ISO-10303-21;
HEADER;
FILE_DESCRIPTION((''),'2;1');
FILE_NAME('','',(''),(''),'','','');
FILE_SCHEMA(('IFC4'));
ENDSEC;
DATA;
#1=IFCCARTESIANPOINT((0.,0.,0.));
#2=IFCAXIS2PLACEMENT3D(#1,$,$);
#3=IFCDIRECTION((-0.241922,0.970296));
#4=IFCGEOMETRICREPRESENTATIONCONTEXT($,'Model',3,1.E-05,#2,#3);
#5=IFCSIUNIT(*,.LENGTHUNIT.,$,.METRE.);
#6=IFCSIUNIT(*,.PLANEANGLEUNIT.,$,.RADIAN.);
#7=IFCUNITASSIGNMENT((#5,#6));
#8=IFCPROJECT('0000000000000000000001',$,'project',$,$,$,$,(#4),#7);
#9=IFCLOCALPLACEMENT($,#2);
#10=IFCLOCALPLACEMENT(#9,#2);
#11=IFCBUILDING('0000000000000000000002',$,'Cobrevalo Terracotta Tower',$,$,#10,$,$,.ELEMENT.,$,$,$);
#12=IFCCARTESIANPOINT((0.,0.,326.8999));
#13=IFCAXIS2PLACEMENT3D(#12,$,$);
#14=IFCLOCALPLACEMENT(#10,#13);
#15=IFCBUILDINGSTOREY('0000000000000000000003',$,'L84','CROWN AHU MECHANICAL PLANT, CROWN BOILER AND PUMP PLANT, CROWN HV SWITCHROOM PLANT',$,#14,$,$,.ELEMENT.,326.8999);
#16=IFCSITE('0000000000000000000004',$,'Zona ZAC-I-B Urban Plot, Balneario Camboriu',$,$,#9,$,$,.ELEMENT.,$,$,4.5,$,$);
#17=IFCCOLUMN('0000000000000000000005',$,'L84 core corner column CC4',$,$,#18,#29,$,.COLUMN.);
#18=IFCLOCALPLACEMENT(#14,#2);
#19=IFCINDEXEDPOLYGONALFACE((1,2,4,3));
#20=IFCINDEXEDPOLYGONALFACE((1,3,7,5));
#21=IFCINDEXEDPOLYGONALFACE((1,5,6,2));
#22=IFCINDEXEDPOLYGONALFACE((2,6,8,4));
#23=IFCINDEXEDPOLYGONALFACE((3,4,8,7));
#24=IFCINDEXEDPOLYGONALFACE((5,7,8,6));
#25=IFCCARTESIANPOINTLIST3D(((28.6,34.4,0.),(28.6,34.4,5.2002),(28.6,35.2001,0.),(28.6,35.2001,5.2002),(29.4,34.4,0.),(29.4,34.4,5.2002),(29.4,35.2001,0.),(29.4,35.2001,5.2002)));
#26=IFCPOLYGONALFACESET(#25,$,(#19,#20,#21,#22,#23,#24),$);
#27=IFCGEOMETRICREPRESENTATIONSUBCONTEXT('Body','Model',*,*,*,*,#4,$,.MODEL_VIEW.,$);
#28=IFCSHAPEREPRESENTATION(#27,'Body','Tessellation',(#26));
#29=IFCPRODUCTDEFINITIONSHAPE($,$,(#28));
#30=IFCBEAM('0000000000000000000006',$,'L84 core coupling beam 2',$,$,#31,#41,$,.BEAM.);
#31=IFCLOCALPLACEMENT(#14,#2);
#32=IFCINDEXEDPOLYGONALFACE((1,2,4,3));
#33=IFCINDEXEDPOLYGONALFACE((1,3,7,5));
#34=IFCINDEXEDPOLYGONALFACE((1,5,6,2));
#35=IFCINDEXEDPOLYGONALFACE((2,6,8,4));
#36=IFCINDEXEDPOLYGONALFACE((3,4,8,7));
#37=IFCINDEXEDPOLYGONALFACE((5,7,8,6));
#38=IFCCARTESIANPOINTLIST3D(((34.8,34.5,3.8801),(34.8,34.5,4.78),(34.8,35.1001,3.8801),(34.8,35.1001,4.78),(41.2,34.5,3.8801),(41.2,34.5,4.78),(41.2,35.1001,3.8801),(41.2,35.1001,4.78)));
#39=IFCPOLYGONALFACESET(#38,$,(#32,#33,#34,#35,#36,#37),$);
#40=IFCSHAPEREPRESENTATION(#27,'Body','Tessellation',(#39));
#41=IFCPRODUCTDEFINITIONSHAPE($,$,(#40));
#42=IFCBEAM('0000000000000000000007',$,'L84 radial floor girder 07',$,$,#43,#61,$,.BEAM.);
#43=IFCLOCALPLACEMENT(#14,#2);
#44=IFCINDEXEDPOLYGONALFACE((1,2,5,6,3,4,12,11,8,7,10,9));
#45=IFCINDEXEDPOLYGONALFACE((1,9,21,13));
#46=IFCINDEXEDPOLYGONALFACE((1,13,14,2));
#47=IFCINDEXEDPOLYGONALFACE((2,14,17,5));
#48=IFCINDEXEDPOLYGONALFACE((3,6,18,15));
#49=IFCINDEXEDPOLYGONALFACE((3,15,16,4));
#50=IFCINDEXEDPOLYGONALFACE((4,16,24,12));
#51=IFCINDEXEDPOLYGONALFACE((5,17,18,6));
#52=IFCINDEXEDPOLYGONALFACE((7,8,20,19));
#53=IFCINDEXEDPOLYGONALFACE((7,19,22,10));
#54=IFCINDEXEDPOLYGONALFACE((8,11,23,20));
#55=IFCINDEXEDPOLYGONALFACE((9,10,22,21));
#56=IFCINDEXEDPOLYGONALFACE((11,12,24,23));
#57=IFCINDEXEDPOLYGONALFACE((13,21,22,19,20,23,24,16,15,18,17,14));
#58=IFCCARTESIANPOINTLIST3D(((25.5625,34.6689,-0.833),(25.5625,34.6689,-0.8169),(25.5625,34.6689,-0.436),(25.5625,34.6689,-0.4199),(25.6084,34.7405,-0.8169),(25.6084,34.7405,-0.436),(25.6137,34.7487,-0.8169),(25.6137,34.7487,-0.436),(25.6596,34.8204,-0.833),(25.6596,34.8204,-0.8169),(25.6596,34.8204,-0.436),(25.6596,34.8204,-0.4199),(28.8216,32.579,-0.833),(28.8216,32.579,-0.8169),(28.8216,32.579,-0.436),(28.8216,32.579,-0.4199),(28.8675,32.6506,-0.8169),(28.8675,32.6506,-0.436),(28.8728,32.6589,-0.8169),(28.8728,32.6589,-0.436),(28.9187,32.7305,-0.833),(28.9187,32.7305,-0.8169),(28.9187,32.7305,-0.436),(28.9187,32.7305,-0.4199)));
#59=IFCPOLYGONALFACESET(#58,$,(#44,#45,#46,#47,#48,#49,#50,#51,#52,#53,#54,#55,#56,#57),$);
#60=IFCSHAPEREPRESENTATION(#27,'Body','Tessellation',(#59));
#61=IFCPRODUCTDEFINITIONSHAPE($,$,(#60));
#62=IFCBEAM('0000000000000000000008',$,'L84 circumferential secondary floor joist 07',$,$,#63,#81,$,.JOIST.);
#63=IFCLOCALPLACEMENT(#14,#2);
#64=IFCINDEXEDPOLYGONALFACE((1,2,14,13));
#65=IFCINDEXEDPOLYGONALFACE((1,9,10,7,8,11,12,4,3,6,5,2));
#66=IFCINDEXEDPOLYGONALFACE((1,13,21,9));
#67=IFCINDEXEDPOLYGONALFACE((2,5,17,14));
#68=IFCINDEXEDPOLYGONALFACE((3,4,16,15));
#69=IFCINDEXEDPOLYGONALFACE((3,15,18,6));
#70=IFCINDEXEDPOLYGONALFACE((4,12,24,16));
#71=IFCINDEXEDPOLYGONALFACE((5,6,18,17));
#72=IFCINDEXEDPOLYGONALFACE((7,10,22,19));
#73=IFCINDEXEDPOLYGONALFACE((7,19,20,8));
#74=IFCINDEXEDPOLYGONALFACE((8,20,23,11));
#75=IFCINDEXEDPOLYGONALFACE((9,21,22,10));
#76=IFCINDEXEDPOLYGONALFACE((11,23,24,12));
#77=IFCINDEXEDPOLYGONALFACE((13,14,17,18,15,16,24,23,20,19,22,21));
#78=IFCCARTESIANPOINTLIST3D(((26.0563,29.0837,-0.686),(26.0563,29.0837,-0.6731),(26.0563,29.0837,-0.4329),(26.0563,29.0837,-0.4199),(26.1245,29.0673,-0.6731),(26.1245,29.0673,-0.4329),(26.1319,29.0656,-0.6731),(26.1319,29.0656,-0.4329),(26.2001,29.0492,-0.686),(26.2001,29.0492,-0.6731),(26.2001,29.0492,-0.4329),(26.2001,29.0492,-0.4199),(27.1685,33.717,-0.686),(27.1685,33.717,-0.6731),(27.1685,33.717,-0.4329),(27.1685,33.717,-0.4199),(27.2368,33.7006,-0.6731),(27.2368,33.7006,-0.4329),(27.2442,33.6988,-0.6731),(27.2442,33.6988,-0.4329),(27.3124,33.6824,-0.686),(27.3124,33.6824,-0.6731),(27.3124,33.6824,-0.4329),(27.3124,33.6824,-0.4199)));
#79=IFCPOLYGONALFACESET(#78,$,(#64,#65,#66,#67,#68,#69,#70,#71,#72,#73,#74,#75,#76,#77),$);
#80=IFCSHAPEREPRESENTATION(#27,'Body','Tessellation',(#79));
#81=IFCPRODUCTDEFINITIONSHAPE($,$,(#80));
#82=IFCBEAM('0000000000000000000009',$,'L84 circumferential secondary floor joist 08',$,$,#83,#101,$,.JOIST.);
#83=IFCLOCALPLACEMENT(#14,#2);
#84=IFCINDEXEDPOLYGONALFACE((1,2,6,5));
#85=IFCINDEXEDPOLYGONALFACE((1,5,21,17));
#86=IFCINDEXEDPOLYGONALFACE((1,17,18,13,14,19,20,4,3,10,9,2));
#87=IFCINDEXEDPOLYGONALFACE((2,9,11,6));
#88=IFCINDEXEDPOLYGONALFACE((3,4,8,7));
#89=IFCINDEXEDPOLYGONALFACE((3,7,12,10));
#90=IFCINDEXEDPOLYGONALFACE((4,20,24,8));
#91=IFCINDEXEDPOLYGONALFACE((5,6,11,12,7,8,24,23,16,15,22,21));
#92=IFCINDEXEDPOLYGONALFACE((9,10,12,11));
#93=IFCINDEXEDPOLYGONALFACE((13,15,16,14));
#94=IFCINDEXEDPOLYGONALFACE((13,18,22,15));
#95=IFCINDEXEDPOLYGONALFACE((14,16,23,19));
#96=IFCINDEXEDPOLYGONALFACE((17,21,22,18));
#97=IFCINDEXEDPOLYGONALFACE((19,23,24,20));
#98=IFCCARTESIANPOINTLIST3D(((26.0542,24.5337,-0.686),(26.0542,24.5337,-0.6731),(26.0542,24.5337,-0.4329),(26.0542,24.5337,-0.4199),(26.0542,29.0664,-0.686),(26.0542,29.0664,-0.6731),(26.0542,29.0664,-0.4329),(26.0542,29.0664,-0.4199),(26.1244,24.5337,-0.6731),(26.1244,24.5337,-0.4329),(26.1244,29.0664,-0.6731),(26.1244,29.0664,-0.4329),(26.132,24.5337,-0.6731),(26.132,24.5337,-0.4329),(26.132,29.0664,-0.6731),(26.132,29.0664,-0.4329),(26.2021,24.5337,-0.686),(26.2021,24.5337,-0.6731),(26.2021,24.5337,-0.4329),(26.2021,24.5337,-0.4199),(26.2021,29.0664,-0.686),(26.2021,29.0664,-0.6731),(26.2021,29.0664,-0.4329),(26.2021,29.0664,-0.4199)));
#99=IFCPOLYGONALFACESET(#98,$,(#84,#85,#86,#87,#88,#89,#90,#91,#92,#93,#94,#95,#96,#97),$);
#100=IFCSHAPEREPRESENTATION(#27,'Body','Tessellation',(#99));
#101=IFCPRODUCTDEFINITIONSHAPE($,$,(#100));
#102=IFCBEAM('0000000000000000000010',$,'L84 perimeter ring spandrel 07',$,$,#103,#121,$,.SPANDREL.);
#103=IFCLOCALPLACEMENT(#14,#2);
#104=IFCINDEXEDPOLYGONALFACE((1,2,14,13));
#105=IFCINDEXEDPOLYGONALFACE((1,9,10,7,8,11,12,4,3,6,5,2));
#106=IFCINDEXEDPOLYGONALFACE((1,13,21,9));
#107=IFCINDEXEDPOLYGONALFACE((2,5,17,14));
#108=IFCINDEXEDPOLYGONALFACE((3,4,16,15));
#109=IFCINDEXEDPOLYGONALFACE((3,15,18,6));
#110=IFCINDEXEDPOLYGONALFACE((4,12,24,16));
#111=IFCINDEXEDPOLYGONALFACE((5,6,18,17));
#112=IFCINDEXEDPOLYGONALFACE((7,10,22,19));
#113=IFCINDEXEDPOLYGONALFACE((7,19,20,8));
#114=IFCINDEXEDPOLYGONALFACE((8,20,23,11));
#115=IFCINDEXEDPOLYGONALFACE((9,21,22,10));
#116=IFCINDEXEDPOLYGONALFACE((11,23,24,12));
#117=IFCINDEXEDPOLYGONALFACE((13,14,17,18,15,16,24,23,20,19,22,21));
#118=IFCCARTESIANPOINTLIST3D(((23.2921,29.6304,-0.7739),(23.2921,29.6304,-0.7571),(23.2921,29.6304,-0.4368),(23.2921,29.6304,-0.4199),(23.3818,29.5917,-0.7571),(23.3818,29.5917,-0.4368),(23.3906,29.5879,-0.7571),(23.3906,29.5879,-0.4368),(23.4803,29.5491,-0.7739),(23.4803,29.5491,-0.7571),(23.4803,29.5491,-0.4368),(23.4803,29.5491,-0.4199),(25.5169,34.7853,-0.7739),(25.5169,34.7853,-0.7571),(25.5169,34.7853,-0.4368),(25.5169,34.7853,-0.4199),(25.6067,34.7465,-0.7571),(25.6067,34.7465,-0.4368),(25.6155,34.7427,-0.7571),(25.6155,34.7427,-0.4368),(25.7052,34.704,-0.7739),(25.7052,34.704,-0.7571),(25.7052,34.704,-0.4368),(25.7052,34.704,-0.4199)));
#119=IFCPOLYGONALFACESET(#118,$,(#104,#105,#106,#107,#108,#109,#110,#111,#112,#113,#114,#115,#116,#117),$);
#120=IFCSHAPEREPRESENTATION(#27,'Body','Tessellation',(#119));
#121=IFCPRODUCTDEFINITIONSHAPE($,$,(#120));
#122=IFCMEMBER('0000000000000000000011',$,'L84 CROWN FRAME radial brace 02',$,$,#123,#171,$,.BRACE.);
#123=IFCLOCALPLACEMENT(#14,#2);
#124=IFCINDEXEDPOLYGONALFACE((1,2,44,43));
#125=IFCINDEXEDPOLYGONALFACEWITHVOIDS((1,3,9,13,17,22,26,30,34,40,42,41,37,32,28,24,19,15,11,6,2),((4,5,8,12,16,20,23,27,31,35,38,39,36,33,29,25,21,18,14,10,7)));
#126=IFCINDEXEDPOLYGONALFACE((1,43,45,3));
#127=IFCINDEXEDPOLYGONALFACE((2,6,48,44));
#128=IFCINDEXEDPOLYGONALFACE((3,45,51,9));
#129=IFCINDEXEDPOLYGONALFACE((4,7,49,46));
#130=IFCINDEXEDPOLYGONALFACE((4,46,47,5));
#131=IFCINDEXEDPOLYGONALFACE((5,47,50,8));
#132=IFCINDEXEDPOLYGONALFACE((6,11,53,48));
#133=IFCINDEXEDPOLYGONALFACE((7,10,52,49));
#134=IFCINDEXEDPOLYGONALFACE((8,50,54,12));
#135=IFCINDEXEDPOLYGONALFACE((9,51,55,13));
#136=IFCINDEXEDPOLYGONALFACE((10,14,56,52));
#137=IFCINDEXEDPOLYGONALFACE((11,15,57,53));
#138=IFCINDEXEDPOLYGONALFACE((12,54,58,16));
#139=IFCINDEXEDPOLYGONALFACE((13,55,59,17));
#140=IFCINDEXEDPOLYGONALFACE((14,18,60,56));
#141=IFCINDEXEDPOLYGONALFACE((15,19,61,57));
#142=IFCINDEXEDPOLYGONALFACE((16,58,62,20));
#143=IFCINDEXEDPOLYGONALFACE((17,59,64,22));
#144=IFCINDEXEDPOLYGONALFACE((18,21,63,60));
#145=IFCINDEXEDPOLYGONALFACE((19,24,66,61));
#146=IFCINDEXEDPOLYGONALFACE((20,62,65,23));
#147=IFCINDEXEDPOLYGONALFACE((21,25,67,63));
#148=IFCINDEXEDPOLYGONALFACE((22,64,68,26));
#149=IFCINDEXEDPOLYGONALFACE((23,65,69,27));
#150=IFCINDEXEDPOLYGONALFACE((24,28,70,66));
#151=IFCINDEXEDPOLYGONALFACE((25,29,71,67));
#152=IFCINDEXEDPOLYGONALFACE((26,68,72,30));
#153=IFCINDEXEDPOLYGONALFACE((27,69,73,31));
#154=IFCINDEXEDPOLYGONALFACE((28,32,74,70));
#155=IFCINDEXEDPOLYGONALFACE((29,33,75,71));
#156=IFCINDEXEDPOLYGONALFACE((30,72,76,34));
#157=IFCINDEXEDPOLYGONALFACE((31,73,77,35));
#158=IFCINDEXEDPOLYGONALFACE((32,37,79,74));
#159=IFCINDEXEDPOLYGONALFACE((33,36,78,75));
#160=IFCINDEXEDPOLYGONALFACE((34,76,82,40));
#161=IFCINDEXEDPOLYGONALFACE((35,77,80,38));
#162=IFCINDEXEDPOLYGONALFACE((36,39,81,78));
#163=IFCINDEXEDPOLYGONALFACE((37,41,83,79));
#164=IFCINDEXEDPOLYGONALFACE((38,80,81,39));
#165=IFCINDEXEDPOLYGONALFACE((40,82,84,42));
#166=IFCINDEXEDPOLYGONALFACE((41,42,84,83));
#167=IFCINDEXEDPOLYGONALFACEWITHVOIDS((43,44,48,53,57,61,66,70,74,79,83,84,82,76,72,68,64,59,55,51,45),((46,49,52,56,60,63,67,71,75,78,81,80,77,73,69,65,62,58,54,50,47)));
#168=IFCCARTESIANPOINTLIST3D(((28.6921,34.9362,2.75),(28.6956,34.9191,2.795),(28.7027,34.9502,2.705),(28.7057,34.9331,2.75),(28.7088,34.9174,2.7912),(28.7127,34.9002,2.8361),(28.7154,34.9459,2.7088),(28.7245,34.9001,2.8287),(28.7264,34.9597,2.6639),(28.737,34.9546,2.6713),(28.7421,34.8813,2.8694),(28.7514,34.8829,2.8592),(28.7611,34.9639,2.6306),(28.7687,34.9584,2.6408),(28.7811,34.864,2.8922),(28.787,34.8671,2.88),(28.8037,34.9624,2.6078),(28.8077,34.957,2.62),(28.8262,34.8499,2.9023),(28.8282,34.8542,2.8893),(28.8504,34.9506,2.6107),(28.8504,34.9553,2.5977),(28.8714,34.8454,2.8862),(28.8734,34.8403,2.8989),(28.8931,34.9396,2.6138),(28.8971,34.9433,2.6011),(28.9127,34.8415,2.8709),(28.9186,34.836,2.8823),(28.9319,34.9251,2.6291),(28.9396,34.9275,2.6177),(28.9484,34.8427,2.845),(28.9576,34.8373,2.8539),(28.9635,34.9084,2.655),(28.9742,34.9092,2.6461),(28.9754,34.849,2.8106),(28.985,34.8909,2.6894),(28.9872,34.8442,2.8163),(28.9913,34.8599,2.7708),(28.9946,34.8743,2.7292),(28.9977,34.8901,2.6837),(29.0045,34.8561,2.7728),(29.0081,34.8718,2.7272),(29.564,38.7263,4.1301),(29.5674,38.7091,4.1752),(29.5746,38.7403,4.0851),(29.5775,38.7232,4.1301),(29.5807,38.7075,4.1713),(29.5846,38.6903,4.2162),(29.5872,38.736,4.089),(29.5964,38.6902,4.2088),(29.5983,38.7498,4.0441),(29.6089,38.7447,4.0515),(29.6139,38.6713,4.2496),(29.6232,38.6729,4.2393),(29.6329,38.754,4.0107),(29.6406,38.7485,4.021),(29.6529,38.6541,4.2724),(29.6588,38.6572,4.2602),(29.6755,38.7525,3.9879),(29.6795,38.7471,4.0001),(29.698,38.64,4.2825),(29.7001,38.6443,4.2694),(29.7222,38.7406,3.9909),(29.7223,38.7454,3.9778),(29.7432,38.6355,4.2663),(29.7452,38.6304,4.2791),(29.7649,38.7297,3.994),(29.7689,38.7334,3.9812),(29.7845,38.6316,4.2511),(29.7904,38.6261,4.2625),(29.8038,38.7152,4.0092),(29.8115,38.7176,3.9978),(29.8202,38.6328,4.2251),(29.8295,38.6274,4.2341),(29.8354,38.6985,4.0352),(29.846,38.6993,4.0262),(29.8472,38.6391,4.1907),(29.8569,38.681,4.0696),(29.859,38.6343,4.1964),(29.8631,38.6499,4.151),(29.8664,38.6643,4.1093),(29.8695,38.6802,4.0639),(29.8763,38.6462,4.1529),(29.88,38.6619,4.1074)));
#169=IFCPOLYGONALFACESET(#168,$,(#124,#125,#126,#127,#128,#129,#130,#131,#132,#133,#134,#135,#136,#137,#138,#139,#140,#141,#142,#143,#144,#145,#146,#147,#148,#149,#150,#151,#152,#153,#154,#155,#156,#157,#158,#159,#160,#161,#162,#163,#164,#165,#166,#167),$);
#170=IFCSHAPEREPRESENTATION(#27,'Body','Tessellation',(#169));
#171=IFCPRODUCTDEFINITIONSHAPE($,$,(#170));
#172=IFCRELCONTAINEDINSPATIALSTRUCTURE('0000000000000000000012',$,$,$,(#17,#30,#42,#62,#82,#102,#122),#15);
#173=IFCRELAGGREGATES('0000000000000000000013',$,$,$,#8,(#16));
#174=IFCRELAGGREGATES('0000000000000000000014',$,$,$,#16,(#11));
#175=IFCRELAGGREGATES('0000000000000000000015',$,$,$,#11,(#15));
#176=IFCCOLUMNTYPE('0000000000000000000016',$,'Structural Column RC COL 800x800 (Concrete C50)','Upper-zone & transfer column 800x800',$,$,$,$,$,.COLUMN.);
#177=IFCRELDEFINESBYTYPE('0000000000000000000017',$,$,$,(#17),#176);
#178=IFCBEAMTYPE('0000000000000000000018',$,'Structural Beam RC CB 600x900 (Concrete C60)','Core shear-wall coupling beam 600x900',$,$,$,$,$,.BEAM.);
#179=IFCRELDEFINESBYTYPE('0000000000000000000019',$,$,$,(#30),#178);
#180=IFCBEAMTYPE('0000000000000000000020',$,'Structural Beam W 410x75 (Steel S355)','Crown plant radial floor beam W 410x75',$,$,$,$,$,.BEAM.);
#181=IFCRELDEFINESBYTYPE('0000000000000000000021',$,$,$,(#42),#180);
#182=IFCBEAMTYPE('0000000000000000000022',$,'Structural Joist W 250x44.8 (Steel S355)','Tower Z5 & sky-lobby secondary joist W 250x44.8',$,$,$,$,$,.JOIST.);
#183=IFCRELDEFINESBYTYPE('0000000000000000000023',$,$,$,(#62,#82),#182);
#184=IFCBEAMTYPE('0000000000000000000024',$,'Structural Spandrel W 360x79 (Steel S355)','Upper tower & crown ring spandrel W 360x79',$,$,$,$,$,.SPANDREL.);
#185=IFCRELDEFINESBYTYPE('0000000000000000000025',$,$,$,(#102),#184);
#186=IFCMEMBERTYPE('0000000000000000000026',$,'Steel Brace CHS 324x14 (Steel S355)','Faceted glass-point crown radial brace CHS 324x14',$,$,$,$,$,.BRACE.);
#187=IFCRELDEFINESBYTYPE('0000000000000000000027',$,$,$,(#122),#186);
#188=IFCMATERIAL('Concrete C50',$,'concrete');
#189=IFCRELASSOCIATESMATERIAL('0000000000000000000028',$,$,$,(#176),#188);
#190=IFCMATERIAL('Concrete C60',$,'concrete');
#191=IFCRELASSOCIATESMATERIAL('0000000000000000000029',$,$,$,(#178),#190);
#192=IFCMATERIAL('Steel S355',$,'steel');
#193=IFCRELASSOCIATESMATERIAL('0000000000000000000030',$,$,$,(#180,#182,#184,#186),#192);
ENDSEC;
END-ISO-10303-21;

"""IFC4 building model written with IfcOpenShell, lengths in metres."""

from ifc_helpers import new_model, si_unit, direction, frame, origin, origin_2d, place, context, subcontext, project, spatial, rectangle, hollow_circle, i_section, extrude, source, transform, mapped, material, material_profile, profile_set, type_object, element, save


model = new_model("IFC4")

# Units and contexts
model_context = context("Model", 3, precision=1e-05, world=origin(), true_north=direction((-0.241922, 0.970296)))
body_context = subcontext(model_context, "Body", "Model", "MODEL_VIEW")
ifc_project = project(units=[si_unit("LENGTHUNIT", "METRE"), si_unit("PLANEANGLEUNIT", "RADIAN")], contexts=[model_context])

# Site, building, storey
site_placement = place(None, origin())
site = spatial("IfcSite", under=ifc_project, at=site_placement, Name="Zona ZAC-I-B Urban Plot, Balneario Camboriu", CompositionType="ELEMENT", RefElevation=4.5)
building_placement = place(site_placement, origin())
building = spatial("IfcBuilding", under=site, at=building_placement, Name="Cobrevalo Terracotta Tower", CompositionType="ELEMENT")
storey_placement = place(building_placement, frame((0.0, 0.0, 326.8999)))
storey = spatial("IfcBuildingStorey", under=building, at=storey_placement, Name="L84", Description="CROWN AHU MECHANICAL PLANT, CROWN BOILER AND PUMP PLANT, CROWN HV SWITCHROOM PLANT", CompositionType="ELEMENT", Elevation=326.8999)

# Column
ifc_material_1 = material(Name="Concrete C50", Category="concrete")
ifc_material_profile_1 = material_profile(ifc_material_1, rectangle(XDim=0.8, YDim=0.8, at=origin_2d()), Name="RC COL 800x800")
ifc_profile_set_1 = profile_set([ifc_material_profile_1], Name="Concrete C50")
column_type = type_object("IfcColumnType", Name="Structural Column RC COL 800x800 (Concrete C50)", Description="Upper-zone & transfer column 800x800", PredefinedType="COLUMN", material=ifc_profile_set_1)
column_placement = place(storey_placement, frame((29.0, 34.8, 0.0), z_axis=(0.0, 0.0, 1.0), x_axis=(1.0, 0.0, 0.0)))
element("IfcColumn", 1, at=column_placement, inside=storey, type_object=column_type, Name="L84 core corner column CC4", PredefinedType="COLUMN", context=body_context, shape_type="SweptSolid", body=[
    extrude(rectangle(XDim=0.8, YDim=0.8, at=origin_2d()), origin(), (0.0, 0.0, 1.0), 5.2002),
])

# Beams
ifc_material_2 = material(Name="Concrete C60", Category="concrete")
ifc_material_profile_2 = material_profile(ifc_material_2, rectangle(XDim=0.6001, YDim=0.8999, at=origin_2d()), Name="RC CB 600x900")
ifc_profile_set_2 = profile_set([ifc_material_profile_2], Name="Concrete C60")
beam_type_1 = type_object("IfcBeamType", Name="Structural Beam RC CB 600x900 (Concrete C60)", Description="Core shear-wall coupling beam 600x900", PredefinedType="BEAM", material=ifc_profile_set_2)
beam_1_placement = place(storey_placement, frame((34.8, 34.8, 4.3301), z_axis=(1.0, 0.0, 0.0), x_axis=(0.0, 1.0, 0.0)))
element("IfcBeam", 2, at=beam_1_placement, inside=storey, type_object=beam_type_1, Name="L84 core coupling beam 2", PredefinedType="BEAM", context=body_context, shape_type="SweptSolid", body=[
    extrude(rectangle(XDim=0.6001, YDim=0.8999, at=origin_2d()), origin(), (0.0, 0.0, 1.0), 6.3999),
])
ifc_material_3 = material(Name="Steel S355", Category="steel")
ifc_material_profile_3 = material_profile(ifc_material_3, i_section(OverallWidth=0.1799, OverallDepth=0.4131, WebThickness=0.0098, FlangeThickness=0.0161, at=origin_2d()), Name="W 410x75")
ifc_profile_set_3 = profile_set([ifc_material_profile_3], Name="Steel S355")
beam_type_2 = type_object("IfcBeamType", Name="Structural Beam W 410x75 (Steel S355)", Description="Crown plant radial floor beam W 410x75", PredefinedType="BEAM", material=ifc_profile_set_3)
beam_2_placement = place(storey_placement, frame((25.6111, 34.7446, -0.6265), z_axis=(0.841795, -0.539798, 0.0), x_axis=(0.539798, 0.841795, 0.0)))
element("IfcBeam", 3, at=beam_2_placement, inside=storey, type_object=beam_type_2, Name="L84 radial floor girder 07", PredefinedType="BEAM", context=body_context, shape_type="SweptSolid", body=[
    extrude(i_section(OverallWidth=0.1799, OverallDepth=0.4131, WebThickness=0.0098, FlangeThickness=0.0161, at=origin_2d()), origin(), (0.0, 0.0, 1.0), 3.8716),
])
ifc_material_profile_4 = material_profile(ifc_material_3, i_section(OverallWidth=0.1479, OverallDepth=0.2661, WebThickness=0.0076, FlangeThickness=0.0129, at=origin_2d()), Name="W 250x44.8")
ifc_profile_set_4 = profile_set([ifc_material_profile_4], Name="Steel S355")
beam_type_3 = type_object("IfcBeamType", Name="Structural Joist W 250x44.8 (Steel S355)", Description="Tower Z5 & sky-lobby secondary joist W 250x44.8", PredefinedType="JOIST", material=ifc_profile_set_4)
beam_3_placement = place(storey_placement, frame((27.2405, 33.6997, -0.553), z_axis=(-0.233435, -0.972372, 0.0), x_axis=(0.972372, -0.233435, 0.0)))
element("IfcBeam", 4, at=beam_3_placement, inside=storey, type_object=beam_type_3, Name="L84 circumferential secondary floor joist 07", PredefinedType="JOIST", context=body_context, shape_type="SweptSolid", body=[
    extrude(i_section(OverallWidth=0.1479, OverallDepth=0.2661, WebThickness=0.0076, FlangeThickness=0.0129, at=origin_2d()), origin(), (0.0, 0.0, 1.0), 4.7649),
])
beam_4_placement = place(storey_placement, frame((26.1282, 29.0664, -0.553), z_axis=(0.0, -1.0, 0.0), x_axis=(1.0, 0.0, 0.0)))
element("IfcBeam", 5, at=beam_4_placement, inside=storey, type_object=beam_type_3, Name="L84 circumferential secondary floor joist 08", PredefinedType="JOIST", context=body_context, shape_type="SweptSolid", body=[
    extrude(i_section(OverallWidth=0.1479, OverallDepth=0.2661, WebThickness=0.0076, FlangeThickness=0.0129, at=origin_2d()), origin(), (0.0, 0.0, 1.0), 4.5327),
])
ifc_material_profile_5 = material_profile(ifc_material_3, i_section(OverallWidth=0.2051, OverallDepth=0.354, WebThickness=0.0095, FlangeThickness=0.0168, at=origin_2d()), Name="W 360x79")
ifc_profile_set_5 = profile_set([ifc_material_profile_5], Name="Steel S355")
beam_type_4 = type_object("IfcBeamType", Name="Structural Spandrel W 360x79 (Steel S355)", Description="Upper tower & crown ring spandrel W 360x79", PredefinedType="SPANDREL", material=ifc_profile_set_5)
beam_5_placement = place(storey_placement, frame((25.6111, 34.7446, -0.5969), z_axis=(-0.396274, -0.918132, 0.0), x_axis=(0.918132, -0.396274, 0.0)))
element("IfcBeam", 6, at=beam_5_placement, inside=storey, type_object=beam_type_4, Name="L84 perimeter ring spandrel 07", PredefinedType="SPANDREL", context=body_context, shape_type="SweptSolid", body=[
    extrude(i_section(OverallWidth=0.2051, OverallDepth=0.354, WebThickness=0.0095, FlangeThickness=0.0168, at=origin_2d()), origin(), (0.0, 0.0, 1.0), 5.6145),
])

# Member
ifc_material_profile_6 = material_profile(ifc_material_3, hollow_circle(Radius=0.1621, WallThickness=0.0139, at=origin_2d()), Name="CHS 324x14")
ifc_profile_set_6 = profile_set([ifc_material_profile_6], Name="Steel S355")
member_type = type_object("IfcMemberType", Name="Steel Brace CHS 324x14 (Steel S355)", Description="Faceted glass-point crown radial brace CHS 324x14", PredefinedType="BRACE", material=ifc_profile_set_6)
shared_shape_1 = source(origin(), body_context, "Body", "SweptSolid", [
    extrude(hollow_circle(Radius=0.1621, WallThickness=0.0139, at=origin_2d()), origin(), (0.0, 0.0, 1.0), 4.1267),
])
member_placement = place(storey_placement, frame((28.8501, 34.8999, 2.75), z_axis=(0.211267, 0.91843, 0.334443), x_axis=(-0.974549, 0.224176, 0.0)))
element("IfcMember", 7, at=member_placement, inside=storey, type_object=member_type, Name="L84 CROWN FRAME radial brace 02", PredefinedType="BRACE", context=body_context, shape_type="MappedRepresentation", body=[
    mapped(shared_shape_1, transform((0.0, 0.0, 0.0), scale=1.0)),
])

save(model, "model.ifc")
